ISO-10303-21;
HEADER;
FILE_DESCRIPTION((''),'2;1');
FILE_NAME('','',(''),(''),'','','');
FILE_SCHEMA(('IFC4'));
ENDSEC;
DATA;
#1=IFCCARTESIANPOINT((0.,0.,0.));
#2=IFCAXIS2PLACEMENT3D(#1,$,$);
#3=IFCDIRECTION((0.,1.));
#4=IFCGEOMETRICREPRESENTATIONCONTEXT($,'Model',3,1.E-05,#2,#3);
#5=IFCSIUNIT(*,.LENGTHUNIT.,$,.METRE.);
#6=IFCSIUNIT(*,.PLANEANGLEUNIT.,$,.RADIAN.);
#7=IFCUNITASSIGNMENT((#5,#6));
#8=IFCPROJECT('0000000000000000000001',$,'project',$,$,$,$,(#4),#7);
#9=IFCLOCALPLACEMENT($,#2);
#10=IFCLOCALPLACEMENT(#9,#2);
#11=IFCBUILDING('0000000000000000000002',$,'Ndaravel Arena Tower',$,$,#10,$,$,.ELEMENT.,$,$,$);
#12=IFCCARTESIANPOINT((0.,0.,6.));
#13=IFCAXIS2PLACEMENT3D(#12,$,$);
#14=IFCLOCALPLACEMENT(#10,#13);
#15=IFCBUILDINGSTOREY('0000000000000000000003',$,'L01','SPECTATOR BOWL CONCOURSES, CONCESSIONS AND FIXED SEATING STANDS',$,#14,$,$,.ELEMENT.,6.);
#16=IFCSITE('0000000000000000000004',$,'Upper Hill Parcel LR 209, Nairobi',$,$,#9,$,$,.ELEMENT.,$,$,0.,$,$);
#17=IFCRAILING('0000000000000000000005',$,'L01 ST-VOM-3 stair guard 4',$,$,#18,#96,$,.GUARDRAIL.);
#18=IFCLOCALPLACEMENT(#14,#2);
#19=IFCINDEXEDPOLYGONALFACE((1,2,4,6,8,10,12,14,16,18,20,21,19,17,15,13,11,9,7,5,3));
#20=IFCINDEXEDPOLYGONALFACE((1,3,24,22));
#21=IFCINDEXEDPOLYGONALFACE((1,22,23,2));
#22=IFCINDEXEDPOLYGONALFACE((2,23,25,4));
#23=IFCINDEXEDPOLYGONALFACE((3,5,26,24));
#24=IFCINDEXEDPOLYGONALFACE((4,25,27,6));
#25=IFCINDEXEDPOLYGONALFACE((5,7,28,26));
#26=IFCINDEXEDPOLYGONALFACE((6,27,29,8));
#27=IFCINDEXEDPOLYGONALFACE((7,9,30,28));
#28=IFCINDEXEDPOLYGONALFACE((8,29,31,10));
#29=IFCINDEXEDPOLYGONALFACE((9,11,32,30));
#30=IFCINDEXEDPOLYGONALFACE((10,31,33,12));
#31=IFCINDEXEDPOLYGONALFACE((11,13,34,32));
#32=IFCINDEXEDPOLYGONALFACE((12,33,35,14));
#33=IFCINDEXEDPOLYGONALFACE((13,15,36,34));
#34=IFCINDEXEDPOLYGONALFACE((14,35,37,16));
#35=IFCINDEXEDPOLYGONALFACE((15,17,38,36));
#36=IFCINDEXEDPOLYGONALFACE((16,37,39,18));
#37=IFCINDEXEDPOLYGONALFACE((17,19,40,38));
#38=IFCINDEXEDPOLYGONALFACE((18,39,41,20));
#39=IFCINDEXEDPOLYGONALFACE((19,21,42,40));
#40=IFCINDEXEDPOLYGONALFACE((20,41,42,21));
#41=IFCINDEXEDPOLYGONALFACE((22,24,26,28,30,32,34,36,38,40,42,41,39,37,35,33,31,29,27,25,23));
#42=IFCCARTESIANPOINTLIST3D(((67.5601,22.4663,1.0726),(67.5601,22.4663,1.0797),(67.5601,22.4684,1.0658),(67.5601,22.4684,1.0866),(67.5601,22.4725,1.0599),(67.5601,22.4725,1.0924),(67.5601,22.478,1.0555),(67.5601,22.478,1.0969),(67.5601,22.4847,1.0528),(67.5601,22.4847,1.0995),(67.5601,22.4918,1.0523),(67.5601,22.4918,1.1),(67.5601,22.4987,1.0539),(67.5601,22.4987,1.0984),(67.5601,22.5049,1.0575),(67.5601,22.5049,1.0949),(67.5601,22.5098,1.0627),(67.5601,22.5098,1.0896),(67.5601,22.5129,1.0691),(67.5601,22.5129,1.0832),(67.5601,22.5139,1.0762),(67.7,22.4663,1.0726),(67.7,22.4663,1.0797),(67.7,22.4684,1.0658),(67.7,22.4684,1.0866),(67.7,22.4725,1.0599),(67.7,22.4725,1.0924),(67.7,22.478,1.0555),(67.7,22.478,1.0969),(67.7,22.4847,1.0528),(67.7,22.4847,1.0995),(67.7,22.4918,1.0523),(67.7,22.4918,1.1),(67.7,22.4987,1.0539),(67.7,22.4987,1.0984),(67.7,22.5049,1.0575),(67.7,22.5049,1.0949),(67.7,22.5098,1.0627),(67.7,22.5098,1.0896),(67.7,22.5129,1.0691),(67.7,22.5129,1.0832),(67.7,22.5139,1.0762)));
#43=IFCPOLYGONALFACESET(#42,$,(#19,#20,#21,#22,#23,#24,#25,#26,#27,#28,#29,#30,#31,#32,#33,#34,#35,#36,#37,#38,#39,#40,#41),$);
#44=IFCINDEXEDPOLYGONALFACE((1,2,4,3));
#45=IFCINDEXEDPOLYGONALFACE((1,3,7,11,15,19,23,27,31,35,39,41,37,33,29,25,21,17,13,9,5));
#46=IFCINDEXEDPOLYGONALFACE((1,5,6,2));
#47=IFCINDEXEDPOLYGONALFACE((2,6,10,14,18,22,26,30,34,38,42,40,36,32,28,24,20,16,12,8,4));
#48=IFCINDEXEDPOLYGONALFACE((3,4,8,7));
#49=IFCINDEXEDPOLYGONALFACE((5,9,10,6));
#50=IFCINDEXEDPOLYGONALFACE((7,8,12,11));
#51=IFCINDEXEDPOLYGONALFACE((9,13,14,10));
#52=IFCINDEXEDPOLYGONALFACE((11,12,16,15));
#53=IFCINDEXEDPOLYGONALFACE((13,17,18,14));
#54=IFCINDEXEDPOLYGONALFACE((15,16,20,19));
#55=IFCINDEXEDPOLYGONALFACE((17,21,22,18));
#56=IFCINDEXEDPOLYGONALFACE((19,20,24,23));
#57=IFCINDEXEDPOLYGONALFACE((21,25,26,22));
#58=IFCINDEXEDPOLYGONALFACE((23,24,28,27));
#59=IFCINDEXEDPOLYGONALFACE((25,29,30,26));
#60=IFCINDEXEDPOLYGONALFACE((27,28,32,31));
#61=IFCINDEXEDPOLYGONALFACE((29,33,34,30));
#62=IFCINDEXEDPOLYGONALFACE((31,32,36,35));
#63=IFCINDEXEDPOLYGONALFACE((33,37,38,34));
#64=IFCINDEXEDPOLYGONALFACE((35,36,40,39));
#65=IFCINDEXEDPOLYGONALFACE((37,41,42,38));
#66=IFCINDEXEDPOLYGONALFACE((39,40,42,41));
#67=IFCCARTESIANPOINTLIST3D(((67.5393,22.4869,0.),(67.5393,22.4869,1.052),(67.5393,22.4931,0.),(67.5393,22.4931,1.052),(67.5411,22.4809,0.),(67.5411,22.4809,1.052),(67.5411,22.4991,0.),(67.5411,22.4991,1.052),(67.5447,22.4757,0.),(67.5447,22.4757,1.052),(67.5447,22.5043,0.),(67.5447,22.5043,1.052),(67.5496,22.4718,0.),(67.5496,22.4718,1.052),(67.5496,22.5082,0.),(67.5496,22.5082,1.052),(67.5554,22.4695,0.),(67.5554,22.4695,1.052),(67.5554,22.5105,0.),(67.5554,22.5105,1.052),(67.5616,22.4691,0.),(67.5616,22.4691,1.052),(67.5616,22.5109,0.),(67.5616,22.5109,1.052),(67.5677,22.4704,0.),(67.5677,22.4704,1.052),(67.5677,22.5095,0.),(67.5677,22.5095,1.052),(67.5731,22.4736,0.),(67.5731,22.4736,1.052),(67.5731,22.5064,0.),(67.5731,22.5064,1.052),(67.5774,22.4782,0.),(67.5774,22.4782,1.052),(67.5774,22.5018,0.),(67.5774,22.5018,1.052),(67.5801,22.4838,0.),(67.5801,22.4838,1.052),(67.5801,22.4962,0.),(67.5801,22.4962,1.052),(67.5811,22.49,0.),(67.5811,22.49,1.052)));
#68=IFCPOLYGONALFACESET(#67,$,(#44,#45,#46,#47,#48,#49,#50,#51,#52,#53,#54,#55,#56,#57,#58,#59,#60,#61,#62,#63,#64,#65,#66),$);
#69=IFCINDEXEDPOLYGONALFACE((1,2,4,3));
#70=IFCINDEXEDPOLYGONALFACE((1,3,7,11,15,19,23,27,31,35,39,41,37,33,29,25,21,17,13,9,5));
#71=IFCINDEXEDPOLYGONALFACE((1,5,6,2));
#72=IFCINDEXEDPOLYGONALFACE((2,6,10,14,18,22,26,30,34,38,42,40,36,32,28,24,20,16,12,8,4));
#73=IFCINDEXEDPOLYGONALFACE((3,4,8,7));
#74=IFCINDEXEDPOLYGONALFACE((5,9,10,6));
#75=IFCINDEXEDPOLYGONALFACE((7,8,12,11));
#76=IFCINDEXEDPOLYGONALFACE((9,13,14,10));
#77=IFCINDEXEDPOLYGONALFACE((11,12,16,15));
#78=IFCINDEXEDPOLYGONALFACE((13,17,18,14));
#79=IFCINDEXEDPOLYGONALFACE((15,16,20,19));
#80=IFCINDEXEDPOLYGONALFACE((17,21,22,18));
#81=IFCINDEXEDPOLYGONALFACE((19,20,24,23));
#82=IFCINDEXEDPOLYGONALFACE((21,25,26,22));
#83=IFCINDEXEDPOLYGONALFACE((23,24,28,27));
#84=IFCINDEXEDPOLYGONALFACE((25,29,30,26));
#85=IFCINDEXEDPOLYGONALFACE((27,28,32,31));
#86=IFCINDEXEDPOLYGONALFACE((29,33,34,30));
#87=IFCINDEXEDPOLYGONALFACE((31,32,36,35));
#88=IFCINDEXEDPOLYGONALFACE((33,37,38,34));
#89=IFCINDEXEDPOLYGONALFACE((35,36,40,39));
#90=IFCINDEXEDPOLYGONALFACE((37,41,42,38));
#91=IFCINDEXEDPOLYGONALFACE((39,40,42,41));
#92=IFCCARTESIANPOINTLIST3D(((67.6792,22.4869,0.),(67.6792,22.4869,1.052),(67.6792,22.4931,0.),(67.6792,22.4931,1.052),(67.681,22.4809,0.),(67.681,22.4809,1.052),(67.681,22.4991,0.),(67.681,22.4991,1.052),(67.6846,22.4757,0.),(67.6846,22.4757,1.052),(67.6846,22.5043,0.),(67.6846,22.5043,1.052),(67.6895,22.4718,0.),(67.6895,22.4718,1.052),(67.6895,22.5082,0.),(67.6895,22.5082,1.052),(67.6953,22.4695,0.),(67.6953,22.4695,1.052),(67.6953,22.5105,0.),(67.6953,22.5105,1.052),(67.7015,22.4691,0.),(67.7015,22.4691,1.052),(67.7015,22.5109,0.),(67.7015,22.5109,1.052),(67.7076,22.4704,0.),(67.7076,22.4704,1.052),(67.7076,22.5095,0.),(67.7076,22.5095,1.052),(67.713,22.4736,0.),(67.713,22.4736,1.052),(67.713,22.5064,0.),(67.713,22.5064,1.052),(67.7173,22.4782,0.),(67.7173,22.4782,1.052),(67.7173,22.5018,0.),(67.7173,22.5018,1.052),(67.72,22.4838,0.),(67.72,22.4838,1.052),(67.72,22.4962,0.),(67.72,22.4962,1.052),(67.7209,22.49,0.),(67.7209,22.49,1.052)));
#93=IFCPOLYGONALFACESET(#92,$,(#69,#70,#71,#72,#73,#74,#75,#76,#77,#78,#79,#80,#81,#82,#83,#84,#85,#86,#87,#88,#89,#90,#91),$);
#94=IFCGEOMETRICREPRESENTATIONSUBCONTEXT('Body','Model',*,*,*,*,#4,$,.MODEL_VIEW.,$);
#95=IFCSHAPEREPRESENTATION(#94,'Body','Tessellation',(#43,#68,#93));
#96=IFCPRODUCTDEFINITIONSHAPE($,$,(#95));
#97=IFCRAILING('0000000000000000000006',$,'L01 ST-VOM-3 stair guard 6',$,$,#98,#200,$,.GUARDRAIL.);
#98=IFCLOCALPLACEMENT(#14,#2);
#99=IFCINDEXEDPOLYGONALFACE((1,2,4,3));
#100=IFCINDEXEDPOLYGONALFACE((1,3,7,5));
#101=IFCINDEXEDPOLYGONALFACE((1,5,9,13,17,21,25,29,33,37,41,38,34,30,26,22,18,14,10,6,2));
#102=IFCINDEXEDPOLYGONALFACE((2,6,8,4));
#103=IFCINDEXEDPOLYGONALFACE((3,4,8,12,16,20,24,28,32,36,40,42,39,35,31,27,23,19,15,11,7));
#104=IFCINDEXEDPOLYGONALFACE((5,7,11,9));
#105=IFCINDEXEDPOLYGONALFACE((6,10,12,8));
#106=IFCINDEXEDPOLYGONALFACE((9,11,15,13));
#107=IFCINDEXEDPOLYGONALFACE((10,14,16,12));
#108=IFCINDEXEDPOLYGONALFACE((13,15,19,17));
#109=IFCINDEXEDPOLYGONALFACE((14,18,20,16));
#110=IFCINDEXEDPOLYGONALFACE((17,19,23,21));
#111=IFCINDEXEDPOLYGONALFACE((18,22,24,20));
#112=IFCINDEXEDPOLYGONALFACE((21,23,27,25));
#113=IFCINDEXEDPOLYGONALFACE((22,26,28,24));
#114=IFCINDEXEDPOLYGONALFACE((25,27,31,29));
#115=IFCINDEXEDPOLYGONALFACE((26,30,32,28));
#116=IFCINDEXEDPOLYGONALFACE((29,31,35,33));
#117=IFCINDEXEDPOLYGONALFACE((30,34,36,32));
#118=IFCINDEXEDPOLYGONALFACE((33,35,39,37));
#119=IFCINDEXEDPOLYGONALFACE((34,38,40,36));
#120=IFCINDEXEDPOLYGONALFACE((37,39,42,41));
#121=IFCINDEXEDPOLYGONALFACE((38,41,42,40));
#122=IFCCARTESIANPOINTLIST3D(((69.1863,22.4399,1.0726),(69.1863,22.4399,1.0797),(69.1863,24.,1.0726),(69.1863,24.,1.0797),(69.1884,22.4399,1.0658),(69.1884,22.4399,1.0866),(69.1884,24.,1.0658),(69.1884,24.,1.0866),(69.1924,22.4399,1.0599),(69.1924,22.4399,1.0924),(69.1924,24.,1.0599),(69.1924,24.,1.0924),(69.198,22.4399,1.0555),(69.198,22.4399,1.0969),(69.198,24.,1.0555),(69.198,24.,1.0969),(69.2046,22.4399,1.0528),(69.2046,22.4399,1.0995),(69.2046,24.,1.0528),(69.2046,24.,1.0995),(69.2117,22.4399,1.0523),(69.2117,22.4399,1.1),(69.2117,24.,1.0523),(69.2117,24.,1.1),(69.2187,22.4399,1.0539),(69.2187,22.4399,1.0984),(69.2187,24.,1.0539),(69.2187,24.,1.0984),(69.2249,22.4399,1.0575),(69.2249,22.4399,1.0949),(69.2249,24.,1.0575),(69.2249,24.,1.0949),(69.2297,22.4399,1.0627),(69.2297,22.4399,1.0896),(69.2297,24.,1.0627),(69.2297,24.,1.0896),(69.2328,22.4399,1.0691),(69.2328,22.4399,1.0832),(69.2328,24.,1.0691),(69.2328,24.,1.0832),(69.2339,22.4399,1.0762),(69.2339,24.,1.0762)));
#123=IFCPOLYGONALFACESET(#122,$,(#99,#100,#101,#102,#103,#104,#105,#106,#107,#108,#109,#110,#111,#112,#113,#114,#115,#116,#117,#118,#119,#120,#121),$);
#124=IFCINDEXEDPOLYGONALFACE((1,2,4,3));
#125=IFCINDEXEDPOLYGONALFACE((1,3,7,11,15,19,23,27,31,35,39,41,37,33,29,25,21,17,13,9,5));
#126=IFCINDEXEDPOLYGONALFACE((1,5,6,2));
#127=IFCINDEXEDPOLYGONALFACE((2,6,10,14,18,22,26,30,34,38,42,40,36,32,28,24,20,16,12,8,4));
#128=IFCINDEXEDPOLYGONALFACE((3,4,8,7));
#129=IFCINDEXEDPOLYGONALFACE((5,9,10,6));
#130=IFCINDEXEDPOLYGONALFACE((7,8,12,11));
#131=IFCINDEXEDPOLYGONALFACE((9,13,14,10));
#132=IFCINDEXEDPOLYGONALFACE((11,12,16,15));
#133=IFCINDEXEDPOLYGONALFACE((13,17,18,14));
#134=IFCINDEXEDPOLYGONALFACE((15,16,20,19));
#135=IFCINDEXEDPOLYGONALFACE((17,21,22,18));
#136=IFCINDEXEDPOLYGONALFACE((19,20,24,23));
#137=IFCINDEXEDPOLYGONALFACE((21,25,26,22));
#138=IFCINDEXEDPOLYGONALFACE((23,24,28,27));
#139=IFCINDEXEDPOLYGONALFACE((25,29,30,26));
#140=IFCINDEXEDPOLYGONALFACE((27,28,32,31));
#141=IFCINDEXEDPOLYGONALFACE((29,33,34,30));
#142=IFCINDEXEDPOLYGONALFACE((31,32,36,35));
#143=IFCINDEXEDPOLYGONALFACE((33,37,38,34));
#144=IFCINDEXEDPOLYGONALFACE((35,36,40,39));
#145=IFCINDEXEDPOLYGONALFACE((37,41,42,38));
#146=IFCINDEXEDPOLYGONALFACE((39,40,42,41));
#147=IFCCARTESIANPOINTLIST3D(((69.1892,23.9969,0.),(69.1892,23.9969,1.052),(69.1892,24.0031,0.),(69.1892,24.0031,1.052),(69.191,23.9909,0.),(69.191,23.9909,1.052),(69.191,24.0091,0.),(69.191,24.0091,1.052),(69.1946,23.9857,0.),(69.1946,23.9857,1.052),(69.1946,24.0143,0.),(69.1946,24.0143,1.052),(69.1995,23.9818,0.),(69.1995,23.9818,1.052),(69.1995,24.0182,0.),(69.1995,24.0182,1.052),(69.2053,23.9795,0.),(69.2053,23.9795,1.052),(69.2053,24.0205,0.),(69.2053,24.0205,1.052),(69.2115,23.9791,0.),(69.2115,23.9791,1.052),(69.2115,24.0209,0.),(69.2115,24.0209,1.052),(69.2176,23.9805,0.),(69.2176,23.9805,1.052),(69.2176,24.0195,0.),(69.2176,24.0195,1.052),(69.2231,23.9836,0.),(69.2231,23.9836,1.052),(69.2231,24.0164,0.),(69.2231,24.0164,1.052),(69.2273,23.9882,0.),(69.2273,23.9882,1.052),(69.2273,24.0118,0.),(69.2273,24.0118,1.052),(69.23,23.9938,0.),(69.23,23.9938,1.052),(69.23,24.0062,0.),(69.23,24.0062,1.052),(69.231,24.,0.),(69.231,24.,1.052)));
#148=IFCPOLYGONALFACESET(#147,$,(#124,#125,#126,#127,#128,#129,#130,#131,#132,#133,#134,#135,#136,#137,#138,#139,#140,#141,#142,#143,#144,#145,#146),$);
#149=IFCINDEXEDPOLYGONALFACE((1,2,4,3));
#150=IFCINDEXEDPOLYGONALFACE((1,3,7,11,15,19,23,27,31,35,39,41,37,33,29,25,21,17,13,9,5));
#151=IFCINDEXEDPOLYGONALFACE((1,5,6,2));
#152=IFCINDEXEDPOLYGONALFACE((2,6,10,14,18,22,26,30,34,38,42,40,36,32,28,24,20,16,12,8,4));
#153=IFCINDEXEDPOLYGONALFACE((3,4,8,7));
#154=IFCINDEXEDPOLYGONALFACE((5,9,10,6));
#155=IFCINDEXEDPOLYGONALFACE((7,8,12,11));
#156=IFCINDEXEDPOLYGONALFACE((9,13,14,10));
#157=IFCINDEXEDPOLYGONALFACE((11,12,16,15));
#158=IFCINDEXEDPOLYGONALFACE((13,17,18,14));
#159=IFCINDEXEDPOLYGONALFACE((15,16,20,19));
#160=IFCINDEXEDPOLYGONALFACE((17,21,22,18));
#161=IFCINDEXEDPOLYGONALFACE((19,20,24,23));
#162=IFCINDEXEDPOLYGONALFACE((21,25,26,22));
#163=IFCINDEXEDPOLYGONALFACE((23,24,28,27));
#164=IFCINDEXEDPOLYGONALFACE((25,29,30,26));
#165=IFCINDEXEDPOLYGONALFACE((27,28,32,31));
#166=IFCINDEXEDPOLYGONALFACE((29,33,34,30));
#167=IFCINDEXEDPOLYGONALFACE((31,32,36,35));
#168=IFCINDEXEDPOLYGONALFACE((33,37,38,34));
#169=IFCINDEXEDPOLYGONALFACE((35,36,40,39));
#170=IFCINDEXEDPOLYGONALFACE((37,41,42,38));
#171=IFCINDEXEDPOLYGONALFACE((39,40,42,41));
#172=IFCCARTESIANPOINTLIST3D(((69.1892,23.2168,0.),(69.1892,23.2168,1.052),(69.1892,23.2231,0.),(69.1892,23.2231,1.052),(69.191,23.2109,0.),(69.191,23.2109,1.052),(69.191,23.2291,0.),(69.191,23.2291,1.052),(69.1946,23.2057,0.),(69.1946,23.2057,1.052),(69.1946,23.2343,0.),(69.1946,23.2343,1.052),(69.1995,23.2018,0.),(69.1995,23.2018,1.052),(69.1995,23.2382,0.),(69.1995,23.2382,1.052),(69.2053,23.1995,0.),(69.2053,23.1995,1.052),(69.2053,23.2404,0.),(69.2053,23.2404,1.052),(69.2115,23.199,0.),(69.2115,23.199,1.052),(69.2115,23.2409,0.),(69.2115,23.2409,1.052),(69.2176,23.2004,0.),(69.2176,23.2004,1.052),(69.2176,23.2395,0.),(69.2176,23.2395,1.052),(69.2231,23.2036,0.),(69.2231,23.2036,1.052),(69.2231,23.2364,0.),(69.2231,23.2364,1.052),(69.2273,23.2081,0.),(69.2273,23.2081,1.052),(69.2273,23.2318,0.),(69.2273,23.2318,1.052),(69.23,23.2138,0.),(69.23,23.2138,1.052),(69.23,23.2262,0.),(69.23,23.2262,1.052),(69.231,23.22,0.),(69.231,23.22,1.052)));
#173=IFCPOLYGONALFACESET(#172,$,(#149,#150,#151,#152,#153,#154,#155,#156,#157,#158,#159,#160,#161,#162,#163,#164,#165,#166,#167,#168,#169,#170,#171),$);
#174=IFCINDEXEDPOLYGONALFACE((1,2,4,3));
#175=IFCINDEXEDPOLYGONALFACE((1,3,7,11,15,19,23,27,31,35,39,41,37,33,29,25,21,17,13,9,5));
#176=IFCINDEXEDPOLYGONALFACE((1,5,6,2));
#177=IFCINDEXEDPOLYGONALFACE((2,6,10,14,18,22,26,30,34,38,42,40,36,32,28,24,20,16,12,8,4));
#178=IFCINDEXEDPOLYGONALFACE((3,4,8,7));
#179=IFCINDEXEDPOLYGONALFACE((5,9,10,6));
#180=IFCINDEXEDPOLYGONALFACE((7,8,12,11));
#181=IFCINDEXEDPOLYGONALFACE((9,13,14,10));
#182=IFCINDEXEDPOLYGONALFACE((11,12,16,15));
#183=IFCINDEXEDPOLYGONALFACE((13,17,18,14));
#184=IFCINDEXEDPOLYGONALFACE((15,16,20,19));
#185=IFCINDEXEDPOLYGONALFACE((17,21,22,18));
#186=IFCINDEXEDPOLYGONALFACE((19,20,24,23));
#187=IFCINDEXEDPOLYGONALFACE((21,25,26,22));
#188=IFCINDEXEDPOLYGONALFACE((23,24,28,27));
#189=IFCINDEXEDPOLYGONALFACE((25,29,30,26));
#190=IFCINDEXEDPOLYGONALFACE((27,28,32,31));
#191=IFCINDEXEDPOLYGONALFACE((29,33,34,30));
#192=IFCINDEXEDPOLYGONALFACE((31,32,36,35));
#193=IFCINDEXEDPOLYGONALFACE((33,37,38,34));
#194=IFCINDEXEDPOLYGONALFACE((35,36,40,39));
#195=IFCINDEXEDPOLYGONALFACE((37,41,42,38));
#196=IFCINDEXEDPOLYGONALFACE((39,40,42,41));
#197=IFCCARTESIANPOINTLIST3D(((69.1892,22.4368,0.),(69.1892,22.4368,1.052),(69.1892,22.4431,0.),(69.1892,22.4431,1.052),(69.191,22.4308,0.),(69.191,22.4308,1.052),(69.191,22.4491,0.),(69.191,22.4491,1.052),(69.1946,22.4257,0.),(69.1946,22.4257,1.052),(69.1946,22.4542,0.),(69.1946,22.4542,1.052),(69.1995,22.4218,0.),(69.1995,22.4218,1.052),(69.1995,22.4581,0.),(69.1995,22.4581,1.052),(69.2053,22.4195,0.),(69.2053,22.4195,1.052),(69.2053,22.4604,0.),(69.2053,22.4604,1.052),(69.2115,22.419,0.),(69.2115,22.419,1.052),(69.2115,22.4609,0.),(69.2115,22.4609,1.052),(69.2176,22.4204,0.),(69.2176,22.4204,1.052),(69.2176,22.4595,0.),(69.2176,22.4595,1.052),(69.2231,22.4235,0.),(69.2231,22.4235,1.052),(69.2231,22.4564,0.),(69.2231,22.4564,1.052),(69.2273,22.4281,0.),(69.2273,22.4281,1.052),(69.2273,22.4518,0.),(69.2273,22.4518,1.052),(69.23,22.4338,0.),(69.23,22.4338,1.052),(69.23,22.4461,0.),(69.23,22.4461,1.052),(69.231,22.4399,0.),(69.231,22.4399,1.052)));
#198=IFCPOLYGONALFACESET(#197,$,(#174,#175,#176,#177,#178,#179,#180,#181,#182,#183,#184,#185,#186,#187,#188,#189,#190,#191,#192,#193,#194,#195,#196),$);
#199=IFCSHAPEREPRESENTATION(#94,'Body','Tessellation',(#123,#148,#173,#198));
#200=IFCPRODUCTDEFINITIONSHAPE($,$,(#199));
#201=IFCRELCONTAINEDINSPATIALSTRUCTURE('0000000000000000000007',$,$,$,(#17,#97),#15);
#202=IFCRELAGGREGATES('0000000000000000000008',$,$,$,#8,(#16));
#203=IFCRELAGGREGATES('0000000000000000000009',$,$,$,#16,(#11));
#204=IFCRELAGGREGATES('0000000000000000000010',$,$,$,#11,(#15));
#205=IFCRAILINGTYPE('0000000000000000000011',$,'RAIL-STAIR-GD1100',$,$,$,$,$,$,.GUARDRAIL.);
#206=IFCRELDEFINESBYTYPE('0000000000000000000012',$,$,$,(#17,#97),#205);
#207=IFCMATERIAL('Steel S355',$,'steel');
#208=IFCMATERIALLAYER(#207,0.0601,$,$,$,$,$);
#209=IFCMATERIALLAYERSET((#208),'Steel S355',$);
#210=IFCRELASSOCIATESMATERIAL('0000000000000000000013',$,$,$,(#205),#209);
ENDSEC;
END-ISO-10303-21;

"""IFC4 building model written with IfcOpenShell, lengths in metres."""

from ifc_helpers import new_model, si_unit, direction, frame, origin, origin_2d, place, context, subcontext, project, spatial, circle, extrude, material, layer, layer_set, type_object, element, save


model = new_model("IFC4")

# Units and contexts
model_context = context("Model", 3, precision=1e-05, world=origin(), true_north=direction((0.0, 1.0)))
body_context = subcontext(model_context, "Body", "Model", "MODEL_VIEW")
ifc_project = project(units=[si_unit("LENGTHUNIT", "METRE"), si_unit("PLANEANGLEUNIT", "RADIAN")], contexts=[model_context])

# Site, building, storey
site_placement = place(None, origin())
site = spatial("IfcSite", under=ifc_project, at=site_placement, Name="Upper Hill Parcel LR 209, Nairobi", CompositionType="ELEMENT", RefElevation=0.0)
building_placement = place(site_placement, origin())
building = spatial("IfcBuilding", under=site, at=building_placement, Name="Ndaravel Arena Tower", CompositionType="ELEMENT")
storey_placement = place(building_placement, frame((0.0, 0.0, 6.0)))
storey = spatial("IfcBuildingStorey", under=building, at=storey_placement, Name="L01", Description="SPECTATOR BOWL CONCOURSES, CONCESSIONS AND FIXED SEATING STANDS", CompositionType="ELEMENT", Elevation=6.0)

# Railings
ifc_material_1 = material(Name="Steel S355", Category="steel")
ifc_layer_1 = layer(ifc_material_1, 0.0601)
ifc_layer_set_1 = layer_set([ifc_layer_1], Name="Steel S355")
railing_type_1 = type_object("IfcRailingType", Name="RAIL-STAIR-GD1100", PredefinedType="GUARDRAIL", material=ifc_layer_set_1)
railing_1_placement = place(storey_placement, frame((67.5601, 22.49, 0.0)))
element("IfcRailing", 1, at=railing_1_placement, inside=storey, type_object=railing_type_1, Name="L01 ST-VOM-3 stair guard 4", PredefinedType="GUARDRAIL", context=body_context, shape_type="SweptSolid", body=[
    extrude(circle(Radius=0.0239, at=origin_2d()), frame((0.0, 0.0, 1.0762), z_axis=(1.0, 0.0, 0.0), x_axis=(0.0, 1.0, 0.0)), (0.0, 0.0, 1.0), 0.1399),
    extrude(circle(Radius=0.021, at=origin_2d()), origin(), (0.0, 0.0, 1.0), 1.052),
    extrude(circle(Radius=0.021, at=origin_2d()), frame((0.1399, 0.0, 0.0)), (0.0, 0.0, 1.0), 1.052),
])
railing_2_placement = place(storey_placement, frame((69.21, 24.0, 0.0)))
element("IfcRailing", 2, at=railing_2_placement, inside=storey, type_object=railing_type_1, Name="L01 ST-VOM-3 stair guard 6", PredefinedType="GUARDRAIL", context=body_context, shape_type="SweptSolid", body=[
    extrude(circle(Radius=0.0239, at=origin_2d()), frame((0.0, 0.0, 1.0762), z_axis=(0.0, -1.0, 0.0), x_axis=(1.0, 0.0, 0.0)), (0.0, 0.0, 1.0), 1.5601),
    extrude(circle(Radius=0.021, at=origin_2d()), origin(), (0.0, 0.0, 1.0), 1.052),
    extrude(circle(Radius=0.021, at=origin_2d()), frame((0.0, -0.78, 0.0)), (0.0, 0.0, 1.0), 1.052),
    extrude(circle(Radius=0.021, at=origin_2d()), frame((0.0, -1.5601, 0.0)), (0.0, 0.0, 1.0), 1.052),
])

save(model, "model.ifc")
